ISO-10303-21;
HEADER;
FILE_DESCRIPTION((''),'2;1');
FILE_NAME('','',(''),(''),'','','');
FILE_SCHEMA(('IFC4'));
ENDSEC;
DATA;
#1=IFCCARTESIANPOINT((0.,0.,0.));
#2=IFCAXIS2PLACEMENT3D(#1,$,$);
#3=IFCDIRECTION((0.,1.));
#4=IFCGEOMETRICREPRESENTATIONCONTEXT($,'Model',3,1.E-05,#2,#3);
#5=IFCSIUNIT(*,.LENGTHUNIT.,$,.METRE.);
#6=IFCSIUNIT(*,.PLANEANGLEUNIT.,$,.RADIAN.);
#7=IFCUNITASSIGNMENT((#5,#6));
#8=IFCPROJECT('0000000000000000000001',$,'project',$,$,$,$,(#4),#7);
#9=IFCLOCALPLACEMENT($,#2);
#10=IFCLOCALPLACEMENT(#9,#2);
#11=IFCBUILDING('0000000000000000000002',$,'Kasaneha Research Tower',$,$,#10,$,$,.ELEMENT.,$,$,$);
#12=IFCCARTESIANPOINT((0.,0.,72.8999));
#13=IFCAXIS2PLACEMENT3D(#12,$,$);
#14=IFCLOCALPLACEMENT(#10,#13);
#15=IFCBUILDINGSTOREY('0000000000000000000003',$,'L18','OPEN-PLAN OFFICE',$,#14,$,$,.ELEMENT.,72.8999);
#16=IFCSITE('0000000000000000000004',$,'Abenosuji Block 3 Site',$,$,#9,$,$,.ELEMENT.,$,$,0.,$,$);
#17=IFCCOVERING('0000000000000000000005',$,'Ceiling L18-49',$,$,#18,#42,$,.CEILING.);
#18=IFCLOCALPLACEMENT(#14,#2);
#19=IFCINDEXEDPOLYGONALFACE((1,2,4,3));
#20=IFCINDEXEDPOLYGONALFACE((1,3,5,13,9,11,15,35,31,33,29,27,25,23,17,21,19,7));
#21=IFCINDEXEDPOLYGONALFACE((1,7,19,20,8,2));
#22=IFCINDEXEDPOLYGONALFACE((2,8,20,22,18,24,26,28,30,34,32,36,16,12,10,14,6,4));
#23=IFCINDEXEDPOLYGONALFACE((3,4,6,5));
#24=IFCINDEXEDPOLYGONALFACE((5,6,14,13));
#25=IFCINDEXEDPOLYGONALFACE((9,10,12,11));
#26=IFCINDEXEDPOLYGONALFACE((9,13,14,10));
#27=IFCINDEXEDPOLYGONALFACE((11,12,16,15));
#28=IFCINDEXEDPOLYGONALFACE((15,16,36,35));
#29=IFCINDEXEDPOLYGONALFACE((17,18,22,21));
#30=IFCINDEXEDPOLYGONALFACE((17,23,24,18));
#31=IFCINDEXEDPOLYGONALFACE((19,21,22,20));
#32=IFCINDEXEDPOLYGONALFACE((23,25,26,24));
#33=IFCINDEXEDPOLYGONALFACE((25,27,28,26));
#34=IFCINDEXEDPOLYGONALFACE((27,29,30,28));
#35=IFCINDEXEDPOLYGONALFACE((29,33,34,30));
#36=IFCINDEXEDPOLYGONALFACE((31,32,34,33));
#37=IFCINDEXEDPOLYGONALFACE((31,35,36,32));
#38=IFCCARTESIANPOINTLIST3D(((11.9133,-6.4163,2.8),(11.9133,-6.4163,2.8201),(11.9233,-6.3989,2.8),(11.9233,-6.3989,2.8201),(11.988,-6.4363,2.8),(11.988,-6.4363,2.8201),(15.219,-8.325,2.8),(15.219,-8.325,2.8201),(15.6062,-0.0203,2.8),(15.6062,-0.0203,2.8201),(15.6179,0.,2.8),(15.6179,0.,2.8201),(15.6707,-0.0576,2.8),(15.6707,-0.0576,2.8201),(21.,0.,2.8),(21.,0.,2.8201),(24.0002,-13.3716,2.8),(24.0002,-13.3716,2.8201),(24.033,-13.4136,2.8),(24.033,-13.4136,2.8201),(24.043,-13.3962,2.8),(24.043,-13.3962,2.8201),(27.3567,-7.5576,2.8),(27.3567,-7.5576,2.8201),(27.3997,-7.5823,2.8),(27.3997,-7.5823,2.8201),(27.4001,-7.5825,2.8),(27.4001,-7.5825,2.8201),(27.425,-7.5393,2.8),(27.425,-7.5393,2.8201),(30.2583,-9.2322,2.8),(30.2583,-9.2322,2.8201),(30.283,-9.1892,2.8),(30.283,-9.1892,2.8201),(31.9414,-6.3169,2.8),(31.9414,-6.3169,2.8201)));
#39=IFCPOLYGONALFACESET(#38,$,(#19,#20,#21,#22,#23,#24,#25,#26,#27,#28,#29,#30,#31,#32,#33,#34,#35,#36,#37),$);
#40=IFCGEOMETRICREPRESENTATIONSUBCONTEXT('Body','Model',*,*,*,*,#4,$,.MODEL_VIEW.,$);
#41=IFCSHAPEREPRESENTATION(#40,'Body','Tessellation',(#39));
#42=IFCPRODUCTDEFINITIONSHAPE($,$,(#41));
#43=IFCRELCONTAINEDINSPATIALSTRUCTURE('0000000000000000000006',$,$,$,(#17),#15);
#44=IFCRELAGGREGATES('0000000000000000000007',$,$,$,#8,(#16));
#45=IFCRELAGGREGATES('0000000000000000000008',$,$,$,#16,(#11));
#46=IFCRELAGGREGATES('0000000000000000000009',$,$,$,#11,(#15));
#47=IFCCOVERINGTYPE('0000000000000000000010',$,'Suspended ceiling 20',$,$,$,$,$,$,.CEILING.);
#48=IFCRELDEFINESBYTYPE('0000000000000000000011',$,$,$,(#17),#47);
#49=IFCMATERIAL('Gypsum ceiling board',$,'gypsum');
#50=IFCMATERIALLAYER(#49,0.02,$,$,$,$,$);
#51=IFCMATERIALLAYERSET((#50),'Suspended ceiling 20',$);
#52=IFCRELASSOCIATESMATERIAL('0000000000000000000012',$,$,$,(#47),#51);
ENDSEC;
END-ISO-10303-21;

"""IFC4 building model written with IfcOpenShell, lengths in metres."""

from ifc_helpers import new_model, si_unit, direction, frame, origin, place, context, subcontext, project, spatial, polyline, outline, extrude, material, layer, layer_set, type_object, element, save


model = new_model("IFC4")

# Units and contexts
model_context = context("Model", 3, precision=1e-05, world=origin(), true_north=direction((0.0, 1.0)))
body_context = subcontext(model_context, "Body", "Model", "MODEL_VIEW")
ifc_project = project(units=[si_unit("LENGTHUNIT", "METRE"), si_unit("PLANEANGLEUNIT", "RADIAN")], contexts=[model_context])

# Site, building, storey
site_placement = place(None, origin())
site = spatial("IfcSite", under=ifc_project, at=site_placement, Name="Abenosuji Block 3 Site", CompositionType="ELEMENT", RefElevation=0.0)
building_placement = place(site_placement, origin())
building = spatial("IfcBuilding", under=site, at=building_placement, Name="Kasaneha Research Tower", CompositionType="ELEMENT")
storey_placement = place(building_placement, frame((0.0, 0.0, 72.8999)))
storey = spatial("IfcBuildingStorey", under=building, at=storey_placement, Name="L18", Description="OPEN-PLAN OFFICE", CompositionType="ELEMENT", Elevation=72.8999)

# Covering
ifc_material_1 = material(Name="Gypsum ceiling board", Category="gypsum")
ifc_layer_1 = layer(ifc_material_1, 0.02)
ifc_layer_set_1 = layer_set([ifc_layer_1], Name="Suspended ceiling 20")
covering_type = type_object("IfcCoveringType", Name="Suspended ceiling 20", PredefinedType="CEILING", material=ifc_layer_set_1)
covering_1_placement = place(storey_placement, frame((0.0, 0.0, 2.8)))
element("IfcCovering", 1, at=covering_1_placement, inside=storey, type_object=covering_type, Name="Ceiling L18-49", PredefinedType="CEILING", context=body_context, shape_type="SweptSolid", body=[
    extrude(outline(polyline([(21.0, 0.0), (31.9414, -6.3169), (30.2583, -9.2322), (30.2583, -9.2322), (30.283, -9.1892), (27.425, -7.5393), (27.4001, -7.5825), (27.3997, -7.5823), (27.3997, -7.5823), (27.3567, -7.5576), (24.0002, -13.3716), (24.043, -13.3962), (24.033, -13.4136), (15.219, -8.325), (11.9133, -6.4163), (11.9233, -6.3989), (11.988, -6.4363), (15.6707, -0.0576), (15.6062, -0.0203), (15.6179, 0.0), (21.0, 0.0)])), origin(), (0.0, 0.0, 1.0), 0.02),
])

save(model, "model.ifc")
